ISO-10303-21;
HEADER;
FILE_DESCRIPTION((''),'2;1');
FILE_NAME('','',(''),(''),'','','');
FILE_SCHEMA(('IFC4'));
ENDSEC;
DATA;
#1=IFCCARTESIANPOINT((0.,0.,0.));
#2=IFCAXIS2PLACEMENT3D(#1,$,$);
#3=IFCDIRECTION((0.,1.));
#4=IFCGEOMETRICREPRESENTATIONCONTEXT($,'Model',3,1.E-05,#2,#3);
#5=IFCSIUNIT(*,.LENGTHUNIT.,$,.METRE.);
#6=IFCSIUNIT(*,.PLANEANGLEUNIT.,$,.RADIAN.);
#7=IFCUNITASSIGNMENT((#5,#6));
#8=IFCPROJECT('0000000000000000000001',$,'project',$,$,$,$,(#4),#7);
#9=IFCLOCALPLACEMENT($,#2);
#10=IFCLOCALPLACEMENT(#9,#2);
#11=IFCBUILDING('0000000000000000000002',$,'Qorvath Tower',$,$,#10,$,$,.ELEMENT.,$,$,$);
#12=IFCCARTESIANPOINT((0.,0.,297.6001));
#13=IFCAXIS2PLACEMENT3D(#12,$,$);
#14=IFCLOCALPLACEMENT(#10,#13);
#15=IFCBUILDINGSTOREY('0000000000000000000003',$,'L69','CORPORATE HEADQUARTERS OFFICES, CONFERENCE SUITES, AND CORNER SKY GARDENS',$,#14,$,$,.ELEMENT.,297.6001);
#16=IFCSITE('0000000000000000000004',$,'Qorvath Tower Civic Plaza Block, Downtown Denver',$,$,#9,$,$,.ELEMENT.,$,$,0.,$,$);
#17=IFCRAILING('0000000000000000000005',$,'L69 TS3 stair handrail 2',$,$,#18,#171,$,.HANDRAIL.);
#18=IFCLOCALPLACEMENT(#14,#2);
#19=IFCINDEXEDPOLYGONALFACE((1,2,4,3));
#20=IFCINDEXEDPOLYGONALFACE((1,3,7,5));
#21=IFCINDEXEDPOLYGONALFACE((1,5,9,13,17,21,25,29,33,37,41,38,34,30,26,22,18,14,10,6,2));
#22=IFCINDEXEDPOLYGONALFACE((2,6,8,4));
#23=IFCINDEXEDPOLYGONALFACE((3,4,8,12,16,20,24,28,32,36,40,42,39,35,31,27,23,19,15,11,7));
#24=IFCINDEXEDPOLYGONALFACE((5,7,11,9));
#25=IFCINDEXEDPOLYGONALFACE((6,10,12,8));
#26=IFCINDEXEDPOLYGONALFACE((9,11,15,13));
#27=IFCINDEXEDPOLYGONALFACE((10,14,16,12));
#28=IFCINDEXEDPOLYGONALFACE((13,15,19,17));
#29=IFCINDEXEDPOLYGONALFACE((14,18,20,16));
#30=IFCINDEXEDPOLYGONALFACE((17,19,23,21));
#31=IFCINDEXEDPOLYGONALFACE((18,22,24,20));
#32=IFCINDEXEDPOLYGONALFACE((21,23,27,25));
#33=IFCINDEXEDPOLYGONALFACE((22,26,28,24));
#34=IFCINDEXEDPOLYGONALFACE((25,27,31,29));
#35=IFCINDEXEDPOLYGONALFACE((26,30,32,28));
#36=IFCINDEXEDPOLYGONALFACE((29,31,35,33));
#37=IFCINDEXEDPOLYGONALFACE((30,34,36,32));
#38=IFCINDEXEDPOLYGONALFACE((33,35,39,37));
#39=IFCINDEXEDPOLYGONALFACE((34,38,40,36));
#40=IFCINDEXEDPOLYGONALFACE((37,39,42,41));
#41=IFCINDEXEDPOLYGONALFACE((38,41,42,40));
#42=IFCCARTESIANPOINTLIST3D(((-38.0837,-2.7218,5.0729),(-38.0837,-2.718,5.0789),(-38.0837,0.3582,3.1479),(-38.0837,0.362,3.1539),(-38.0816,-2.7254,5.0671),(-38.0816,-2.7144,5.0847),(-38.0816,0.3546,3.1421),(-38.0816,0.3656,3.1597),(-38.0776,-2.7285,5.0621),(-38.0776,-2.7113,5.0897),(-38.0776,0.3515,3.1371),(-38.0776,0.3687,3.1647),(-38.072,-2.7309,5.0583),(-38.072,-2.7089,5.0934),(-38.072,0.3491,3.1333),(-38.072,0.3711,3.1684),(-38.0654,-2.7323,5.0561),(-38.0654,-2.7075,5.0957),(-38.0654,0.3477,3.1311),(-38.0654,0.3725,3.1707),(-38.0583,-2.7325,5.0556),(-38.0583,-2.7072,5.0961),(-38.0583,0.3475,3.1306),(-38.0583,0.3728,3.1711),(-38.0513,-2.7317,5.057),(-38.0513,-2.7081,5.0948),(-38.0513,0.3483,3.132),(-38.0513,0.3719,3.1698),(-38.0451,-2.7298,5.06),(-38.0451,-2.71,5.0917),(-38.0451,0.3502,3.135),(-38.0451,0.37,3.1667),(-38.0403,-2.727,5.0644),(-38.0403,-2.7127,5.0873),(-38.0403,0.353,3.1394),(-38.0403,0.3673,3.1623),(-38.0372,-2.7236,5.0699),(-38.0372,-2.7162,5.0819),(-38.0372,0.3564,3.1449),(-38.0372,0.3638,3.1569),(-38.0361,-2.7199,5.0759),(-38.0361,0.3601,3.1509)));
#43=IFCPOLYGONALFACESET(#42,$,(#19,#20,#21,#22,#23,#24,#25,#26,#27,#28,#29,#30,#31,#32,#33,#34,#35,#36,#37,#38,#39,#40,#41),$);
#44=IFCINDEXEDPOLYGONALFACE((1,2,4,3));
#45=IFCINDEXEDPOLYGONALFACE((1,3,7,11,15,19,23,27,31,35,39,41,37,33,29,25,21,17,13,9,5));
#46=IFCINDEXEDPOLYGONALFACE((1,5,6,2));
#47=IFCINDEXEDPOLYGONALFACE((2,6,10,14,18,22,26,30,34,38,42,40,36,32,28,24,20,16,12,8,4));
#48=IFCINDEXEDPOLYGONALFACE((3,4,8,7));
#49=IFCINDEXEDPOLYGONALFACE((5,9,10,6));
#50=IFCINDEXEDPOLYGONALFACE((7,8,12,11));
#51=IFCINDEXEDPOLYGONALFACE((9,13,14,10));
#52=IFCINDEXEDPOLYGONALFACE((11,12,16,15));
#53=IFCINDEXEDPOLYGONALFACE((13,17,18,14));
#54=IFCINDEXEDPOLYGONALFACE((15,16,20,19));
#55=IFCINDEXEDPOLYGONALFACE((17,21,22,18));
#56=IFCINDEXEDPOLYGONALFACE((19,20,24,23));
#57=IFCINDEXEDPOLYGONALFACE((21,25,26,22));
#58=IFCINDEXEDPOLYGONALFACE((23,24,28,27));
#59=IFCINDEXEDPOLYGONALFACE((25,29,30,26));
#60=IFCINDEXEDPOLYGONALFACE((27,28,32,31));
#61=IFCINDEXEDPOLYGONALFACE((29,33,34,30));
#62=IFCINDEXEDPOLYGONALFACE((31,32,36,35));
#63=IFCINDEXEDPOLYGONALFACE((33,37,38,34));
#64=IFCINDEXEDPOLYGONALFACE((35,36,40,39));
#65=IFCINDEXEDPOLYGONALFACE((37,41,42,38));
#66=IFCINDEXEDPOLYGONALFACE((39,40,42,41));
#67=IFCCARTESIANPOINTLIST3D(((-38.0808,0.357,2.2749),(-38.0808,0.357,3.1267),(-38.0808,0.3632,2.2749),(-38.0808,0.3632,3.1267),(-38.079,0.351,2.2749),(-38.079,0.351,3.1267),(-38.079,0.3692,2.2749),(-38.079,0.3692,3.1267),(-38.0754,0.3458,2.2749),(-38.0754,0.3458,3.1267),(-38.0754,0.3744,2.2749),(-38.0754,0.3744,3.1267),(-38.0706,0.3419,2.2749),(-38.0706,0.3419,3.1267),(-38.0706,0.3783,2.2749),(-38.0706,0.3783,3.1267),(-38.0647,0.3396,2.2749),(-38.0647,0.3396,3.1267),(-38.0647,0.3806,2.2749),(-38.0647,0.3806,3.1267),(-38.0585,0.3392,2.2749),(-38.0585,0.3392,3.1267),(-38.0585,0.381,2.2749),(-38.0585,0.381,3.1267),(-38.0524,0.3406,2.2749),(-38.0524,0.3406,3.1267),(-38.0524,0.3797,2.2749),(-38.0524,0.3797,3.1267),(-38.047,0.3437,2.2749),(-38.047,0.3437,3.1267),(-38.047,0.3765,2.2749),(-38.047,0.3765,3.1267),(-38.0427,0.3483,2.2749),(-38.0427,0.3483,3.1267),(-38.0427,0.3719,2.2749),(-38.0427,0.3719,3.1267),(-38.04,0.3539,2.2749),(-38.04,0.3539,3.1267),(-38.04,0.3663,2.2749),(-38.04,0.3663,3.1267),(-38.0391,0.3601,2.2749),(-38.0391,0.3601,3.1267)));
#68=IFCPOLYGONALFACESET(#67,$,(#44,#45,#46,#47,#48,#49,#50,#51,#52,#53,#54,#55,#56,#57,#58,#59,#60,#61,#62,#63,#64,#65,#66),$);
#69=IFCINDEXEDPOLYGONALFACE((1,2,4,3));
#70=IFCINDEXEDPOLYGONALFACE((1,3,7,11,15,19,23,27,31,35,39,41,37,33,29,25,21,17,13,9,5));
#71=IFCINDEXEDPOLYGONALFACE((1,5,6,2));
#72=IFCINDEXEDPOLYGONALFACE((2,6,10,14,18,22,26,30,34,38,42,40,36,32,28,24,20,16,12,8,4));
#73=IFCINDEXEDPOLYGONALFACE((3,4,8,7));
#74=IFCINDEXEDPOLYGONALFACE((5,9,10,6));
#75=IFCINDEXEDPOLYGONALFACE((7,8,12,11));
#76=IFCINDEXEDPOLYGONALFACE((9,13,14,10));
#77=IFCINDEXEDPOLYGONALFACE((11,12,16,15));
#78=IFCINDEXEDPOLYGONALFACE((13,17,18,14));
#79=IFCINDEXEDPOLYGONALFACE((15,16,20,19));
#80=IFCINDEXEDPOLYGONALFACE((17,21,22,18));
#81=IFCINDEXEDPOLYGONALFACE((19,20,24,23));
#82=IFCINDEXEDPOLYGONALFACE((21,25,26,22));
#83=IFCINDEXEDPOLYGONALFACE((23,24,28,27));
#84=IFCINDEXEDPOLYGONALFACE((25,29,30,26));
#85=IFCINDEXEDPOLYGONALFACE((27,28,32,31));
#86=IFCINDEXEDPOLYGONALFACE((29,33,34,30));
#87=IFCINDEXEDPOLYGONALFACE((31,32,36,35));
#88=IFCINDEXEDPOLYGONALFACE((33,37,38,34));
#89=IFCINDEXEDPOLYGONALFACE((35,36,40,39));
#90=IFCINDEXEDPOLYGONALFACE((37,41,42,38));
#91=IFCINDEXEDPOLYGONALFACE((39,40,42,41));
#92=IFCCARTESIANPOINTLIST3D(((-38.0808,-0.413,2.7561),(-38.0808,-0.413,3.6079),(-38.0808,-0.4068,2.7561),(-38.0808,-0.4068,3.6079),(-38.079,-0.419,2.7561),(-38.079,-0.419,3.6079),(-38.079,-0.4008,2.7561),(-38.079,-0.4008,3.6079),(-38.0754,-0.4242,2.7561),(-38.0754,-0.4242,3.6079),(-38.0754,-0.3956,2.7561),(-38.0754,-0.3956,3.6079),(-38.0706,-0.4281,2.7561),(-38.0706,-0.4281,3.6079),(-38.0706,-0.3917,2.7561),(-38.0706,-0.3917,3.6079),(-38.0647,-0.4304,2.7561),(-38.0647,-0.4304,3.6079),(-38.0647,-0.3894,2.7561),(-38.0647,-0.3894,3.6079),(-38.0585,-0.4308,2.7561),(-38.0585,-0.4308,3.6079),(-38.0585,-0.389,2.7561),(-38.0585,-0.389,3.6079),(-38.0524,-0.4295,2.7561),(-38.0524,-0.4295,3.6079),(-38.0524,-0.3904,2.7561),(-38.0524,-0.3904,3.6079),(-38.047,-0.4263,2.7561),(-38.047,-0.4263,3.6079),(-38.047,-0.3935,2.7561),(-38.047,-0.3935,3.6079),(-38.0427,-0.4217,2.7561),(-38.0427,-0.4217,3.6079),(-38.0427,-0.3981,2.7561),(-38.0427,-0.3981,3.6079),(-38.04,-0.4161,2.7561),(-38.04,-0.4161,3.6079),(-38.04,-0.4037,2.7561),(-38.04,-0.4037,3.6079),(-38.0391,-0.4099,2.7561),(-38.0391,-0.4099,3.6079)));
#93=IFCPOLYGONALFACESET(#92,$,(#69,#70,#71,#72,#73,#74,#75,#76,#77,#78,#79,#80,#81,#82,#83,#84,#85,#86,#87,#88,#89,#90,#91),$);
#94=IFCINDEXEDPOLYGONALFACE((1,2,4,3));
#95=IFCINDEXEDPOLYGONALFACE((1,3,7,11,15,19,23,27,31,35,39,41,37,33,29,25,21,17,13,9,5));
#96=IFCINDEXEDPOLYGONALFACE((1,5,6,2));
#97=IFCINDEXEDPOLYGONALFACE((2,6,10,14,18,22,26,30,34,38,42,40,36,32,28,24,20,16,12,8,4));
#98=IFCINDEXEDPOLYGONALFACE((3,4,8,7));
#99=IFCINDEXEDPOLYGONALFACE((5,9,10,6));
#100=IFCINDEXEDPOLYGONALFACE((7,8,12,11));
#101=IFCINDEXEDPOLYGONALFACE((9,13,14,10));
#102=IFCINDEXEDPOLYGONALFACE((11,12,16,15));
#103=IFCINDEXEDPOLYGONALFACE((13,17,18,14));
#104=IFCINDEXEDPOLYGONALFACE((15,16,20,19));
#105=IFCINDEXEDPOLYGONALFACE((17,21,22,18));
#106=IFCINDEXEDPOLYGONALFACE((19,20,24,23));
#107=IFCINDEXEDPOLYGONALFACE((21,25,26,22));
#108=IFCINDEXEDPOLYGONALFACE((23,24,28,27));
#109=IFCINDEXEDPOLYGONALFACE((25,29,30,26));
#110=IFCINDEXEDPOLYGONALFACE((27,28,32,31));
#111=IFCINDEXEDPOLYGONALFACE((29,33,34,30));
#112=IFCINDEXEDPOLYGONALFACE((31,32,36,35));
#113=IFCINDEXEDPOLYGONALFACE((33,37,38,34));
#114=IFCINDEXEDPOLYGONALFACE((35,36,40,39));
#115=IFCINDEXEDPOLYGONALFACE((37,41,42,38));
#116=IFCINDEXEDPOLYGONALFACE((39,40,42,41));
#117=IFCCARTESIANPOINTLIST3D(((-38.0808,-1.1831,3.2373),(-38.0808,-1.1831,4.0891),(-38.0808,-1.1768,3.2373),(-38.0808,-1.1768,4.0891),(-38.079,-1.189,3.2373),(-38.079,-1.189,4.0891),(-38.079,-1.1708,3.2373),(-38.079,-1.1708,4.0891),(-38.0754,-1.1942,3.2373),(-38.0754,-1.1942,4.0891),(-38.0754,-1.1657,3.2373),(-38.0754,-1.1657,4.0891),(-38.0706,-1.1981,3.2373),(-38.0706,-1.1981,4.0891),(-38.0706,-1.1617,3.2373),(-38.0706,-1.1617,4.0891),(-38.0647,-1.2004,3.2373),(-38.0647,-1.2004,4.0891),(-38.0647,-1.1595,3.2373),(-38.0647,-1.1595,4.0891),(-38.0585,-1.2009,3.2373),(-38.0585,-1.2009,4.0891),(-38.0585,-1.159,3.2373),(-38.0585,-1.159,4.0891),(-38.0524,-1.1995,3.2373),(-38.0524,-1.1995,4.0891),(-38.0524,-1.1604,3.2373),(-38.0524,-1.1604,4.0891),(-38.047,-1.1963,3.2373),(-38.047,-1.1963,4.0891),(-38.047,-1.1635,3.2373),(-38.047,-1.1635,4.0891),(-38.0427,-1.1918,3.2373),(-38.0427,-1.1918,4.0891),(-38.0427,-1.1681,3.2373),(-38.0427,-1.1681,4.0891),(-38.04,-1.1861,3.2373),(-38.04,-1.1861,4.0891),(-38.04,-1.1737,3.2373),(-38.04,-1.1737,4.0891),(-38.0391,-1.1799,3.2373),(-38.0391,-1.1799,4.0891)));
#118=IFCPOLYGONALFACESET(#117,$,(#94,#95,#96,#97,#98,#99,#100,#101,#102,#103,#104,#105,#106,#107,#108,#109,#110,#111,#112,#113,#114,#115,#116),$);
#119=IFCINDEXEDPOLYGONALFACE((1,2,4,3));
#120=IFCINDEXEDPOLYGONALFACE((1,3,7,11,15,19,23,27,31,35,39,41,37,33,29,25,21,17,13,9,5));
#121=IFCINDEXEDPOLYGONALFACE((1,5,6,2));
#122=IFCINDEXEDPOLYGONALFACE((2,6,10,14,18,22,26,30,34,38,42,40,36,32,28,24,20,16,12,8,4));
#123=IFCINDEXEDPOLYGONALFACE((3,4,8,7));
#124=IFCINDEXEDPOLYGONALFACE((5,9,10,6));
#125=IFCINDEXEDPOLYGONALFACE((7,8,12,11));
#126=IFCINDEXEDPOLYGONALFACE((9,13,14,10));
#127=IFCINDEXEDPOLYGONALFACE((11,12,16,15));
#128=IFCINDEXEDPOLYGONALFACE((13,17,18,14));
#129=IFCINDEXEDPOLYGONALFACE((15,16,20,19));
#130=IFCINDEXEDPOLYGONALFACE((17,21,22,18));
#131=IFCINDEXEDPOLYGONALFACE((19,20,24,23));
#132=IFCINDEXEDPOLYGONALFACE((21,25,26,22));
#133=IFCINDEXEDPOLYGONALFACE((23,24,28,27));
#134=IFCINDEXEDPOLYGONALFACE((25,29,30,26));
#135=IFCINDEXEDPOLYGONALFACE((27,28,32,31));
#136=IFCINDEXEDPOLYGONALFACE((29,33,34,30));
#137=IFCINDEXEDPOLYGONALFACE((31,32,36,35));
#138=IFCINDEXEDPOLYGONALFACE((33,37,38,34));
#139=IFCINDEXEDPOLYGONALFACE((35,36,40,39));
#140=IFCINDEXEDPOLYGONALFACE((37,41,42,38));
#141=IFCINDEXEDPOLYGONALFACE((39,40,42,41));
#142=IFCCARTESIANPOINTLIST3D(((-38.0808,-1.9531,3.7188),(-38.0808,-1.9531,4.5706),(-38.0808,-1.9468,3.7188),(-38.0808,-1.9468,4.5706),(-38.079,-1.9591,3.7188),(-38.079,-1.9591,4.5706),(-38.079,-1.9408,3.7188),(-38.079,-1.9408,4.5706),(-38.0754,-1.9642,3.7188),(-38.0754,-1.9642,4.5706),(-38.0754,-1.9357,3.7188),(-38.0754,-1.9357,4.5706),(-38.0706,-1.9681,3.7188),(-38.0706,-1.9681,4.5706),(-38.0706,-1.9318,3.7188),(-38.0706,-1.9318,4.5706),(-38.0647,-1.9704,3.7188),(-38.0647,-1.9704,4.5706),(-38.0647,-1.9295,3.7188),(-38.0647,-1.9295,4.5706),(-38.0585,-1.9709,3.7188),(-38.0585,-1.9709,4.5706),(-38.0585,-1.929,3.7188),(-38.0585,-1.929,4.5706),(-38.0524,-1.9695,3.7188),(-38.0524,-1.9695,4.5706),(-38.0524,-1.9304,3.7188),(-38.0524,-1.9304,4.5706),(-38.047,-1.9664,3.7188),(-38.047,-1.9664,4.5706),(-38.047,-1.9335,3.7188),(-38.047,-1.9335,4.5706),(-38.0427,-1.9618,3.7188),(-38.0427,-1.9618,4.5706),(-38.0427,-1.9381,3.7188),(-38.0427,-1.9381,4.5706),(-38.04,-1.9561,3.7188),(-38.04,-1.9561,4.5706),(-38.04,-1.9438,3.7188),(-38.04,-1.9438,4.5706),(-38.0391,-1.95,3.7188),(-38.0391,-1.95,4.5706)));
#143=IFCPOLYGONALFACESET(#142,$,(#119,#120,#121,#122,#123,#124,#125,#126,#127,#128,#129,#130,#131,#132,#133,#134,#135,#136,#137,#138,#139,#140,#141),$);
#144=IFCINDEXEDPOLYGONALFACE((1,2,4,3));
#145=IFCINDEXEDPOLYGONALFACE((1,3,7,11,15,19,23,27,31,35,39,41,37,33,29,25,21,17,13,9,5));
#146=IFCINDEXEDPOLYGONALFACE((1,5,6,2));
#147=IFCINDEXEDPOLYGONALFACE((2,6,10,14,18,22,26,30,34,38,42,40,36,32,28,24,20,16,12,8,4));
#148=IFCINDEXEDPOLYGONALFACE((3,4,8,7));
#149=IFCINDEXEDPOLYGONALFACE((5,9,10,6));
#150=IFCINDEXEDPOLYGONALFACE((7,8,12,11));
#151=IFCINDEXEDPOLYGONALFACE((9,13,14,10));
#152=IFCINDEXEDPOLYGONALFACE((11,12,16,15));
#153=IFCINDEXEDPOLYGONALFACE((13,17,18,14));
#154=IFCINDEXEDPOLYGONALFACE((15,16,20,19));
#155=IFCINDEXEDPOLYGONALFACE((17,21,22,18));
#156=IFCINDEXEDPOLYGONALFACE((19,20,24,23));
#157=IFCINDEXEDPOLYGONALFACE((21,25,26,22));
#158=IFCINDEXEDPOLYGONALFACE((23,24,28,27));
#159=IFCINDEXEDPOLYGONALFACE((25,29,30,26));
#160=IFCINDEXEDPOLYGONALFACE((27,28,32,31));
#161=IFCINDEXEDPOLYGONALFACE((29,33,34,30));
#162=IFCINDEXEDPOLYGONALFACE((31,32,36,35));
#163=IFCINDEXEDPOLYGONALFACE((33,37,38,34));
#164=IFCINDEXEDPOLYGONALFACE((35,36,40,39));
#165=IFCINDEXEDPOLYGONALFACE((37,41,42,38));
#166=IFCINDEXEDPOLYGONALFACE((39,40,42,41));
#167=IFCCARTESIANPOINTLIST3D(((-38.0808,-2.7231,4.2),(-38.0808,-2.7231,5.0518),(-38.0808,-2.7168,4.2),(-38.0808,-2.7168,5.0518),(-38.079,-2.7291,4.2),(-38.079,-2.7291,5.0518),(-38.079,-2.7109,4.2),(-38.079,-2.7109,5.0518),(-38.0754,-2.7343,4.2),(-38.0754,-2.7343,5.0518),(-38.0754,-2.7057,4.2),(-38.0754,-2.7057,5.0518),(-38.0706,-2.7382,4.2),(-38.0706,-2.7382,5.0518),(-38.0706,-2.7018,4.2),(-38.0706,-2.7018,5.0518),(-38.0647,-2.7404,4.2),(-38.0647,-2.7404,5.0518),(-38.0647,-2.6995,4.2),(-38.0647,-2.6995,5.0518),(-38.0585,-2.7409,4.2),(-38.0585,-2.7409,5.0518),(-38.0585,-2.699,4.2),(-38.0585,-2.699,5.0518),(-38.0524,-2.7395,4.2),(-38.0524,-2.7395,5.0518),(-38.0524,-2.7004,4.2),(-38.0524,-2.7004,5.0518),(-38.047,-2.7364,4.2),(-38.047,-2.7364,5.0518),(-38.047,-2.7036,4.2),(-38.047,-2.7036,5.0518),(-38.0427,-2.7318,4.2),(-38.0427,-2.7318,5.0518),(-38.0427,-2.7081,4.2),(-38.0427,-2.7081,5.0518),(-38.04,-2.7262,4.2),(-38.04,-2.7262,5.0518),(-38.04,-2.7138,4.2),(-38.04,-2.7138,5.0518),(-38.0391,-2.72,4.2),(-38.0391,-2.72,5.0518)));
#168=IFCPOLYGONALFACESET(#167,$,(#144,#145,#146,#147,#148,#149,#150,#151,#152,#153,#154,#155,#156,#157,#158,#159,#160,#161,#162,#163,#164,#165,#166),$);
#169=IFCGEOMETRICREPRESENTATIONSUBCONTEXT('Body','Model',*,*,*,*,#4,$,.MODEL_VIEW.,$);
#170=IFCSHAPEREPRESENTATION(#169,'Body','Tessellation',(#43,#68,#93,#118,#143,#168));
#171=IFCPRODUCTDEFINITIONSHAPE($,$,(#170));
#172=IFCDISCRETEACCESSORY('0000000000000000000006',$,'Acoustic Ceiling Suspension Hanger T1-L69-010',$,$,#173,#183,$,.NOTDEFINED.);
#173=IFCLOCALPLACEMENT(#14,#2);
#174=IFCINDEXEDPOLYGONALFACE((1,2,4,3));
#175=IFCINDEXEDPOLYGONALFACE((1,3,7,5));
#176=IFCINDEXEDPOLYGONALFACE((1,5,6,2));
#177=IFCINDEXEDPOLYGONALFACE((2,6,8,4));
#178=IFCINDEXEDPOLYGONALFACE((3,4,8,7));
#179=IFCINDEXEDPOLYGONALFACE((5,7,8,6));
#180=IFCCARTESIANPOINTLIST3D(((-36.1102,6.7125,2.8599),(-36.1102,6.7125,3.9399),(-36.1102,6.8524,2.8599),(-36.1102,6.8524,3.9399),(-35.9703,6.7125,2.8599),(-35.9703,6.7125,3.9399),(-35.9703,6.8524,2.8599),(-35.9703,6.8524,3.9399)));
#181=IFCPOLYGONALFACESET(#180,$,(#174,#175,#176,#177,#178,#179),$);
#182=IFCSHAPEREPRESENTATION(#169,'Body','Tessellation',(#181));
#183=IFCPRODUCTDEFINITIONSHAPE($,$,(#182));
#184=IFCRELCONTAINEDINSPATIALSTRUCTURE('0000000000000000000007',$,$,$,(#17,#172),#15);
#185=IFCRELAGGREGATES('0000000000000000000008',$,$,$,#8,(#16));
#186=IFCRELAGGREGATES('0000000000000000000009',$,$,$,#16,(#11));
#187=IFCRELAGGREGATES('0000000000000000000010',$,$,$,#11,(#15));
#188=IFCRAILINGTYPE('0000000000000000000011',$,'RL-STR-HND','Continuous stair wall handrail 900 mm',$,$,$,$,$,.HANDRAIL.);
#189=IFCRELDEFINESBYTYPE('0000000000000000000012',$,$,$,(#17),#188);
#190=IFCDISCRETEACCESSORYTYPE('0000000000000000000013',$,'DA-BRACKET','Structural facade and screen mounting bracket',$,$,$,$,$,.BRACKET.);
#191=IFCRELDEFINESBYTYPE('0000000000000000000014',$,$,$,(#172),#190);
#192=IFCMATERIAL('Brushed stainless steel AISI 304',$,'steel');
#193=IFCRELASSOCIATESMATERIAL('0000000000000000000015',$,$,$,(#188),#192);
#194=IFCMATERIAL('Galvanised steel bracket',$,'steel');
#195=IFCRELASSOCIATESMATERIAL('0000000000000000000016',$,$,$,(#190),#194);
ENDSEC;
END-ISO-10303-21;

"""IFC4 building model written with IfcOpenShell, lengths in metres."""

from ifc_helpers import new_model, si_unit, direction, frame, origin, origin_2d, place, context, subcontext, project, spatial, rectangle, circle, extrude, material, type_object, element, save


model = new_model("IFC4")

# Units and contexts
model_context = context("Model", 3, precision=1e-05, world=origin(), true_north=direction((0.0, 1.0)))
body_context = subcontext(model_context, "Body", "Model", "MODEL_VIEW")
ifc_project = project(units=[si_unit("LENGTHUNIT", "METRE"), si_unit("PLANEANGLEUNIT", "RADIAN")], contexts=[model_context])

# Site, building, storey
site_placement = place(None, origin())
site = spatial("IfcSite", under=ifc_project, at=site_placement, Name="Qorvath Tower Civic Plaza Block, Downtown Denver", CompositionType="ELEMENT", RefElevation=0.0)
building_placement = place(site_placement, origin())
building = spatial("IfcBuilding", under=site, at=building_placement, Name="Qorvath Tower", CompositionType="ELEMENT")
storey_placement = place(building_placement, frame((0.0, 0.0, 297.6001)))
storey = spatial("IfcBuildingStorey", under=building, at=storey_placement, Name="L69", Description="CORPORATE HEADQUARTERS OFFICES, CONFERENCE SUITES, AND CORNER SKY GARDENS", CompositionType="ELEMENT", Elevation=297.6001)

# Railing
ifc_material_1 = material(Name="Brushed stainless steel AISI 304", Category="steel")
railing_type_1 = type_object("IfcRailingType", Name="RL-STR-HND", Description="Continuous stair wall handrail 900 mm", PredefinedType="HANDRAIL", material=ifc_material_1)
railing_1_placement = place(storey_placement, frame((-38.0601, 0.3601, 2.2749)))
element("IfcRailing", 1, at=railing_1_placement, inside=storey, type_object=railing_type_1, Name="L69 TS3 stair handrail 2", PredefinedType="HANDRAIL", context=body_context, shape_type="SweptSolid", body=[
    extrude(circle(Radius=0.0239, at=origin_2d()), frame((0.0, 0.0, 0.876), z_axis=(0.0, -0.847998, 0.529999), x_axis=(1.0, 0.0, 0.0)), (0.0, 0.0, 1.0), 3.6321),
    extrude(circle(Radius=0.021, at=origin_2d()), origin(), (0.0, 0.0, 1.0), 0.8518),
    extrude(circle(Radius=0.021, at=origin_2d()), frame((0.0, -0.77, 0.4812)), (0.0, 0.0, 1.0), 0.8518),
    extrude(circle(Radius=0.021, at=origin_2d()), frame((0.0, -1.54, 0.9624)), (0.0, 0.0, 1.0), 0.8518),
    extrude(circle(Radius=0.021, at=origin_2d()), frame((0.0, -2.3101, 1.4438)), (0.0, 0.0, 1.0), 0.8518),
    extrude(circle(Radius=0.021, at=origin_2d()), frame((0.0, -3.0801, 1.925)), (0.0, 0.0, 1.0), 0.8518),
])

# Discrete accessory
ifc_material_2 = material(Name="Galvanised steel bracket", Category="steel")
discrete_accessory_type = type_object("IfcDiscreteAccessoryType", Name="DA-BRACKET", Description="Structural facade and screen mounting bracket", PredefinedType="BRACKET", material=ifc_material_2)
discrete_accessory_placement = place(storey_placement, frame((-36.0403, 6.7825, 2.8599), z_axis=(0.0, 0.0, 1.0), x_axis=(1.0, 0.0, 0.0)))
element("IfcDiscreteAccessory", 2, at=discrete_accessory_placement, inside=storey, type_object=discrete_accessory_type, Name="Acoustic Ceiling Suspension Hanger T1-L69-010", PredefinedType="NOTDEFINED", context=body_context, shape_type="SweptSolid", body=[
    extrude(rectangle(XDim=0.1399, YDim=0.1399, at=origin_2d()), origin(), (0.0, 0.0, 1.0), 1.0801),
])

save(model, "model.ifc")
